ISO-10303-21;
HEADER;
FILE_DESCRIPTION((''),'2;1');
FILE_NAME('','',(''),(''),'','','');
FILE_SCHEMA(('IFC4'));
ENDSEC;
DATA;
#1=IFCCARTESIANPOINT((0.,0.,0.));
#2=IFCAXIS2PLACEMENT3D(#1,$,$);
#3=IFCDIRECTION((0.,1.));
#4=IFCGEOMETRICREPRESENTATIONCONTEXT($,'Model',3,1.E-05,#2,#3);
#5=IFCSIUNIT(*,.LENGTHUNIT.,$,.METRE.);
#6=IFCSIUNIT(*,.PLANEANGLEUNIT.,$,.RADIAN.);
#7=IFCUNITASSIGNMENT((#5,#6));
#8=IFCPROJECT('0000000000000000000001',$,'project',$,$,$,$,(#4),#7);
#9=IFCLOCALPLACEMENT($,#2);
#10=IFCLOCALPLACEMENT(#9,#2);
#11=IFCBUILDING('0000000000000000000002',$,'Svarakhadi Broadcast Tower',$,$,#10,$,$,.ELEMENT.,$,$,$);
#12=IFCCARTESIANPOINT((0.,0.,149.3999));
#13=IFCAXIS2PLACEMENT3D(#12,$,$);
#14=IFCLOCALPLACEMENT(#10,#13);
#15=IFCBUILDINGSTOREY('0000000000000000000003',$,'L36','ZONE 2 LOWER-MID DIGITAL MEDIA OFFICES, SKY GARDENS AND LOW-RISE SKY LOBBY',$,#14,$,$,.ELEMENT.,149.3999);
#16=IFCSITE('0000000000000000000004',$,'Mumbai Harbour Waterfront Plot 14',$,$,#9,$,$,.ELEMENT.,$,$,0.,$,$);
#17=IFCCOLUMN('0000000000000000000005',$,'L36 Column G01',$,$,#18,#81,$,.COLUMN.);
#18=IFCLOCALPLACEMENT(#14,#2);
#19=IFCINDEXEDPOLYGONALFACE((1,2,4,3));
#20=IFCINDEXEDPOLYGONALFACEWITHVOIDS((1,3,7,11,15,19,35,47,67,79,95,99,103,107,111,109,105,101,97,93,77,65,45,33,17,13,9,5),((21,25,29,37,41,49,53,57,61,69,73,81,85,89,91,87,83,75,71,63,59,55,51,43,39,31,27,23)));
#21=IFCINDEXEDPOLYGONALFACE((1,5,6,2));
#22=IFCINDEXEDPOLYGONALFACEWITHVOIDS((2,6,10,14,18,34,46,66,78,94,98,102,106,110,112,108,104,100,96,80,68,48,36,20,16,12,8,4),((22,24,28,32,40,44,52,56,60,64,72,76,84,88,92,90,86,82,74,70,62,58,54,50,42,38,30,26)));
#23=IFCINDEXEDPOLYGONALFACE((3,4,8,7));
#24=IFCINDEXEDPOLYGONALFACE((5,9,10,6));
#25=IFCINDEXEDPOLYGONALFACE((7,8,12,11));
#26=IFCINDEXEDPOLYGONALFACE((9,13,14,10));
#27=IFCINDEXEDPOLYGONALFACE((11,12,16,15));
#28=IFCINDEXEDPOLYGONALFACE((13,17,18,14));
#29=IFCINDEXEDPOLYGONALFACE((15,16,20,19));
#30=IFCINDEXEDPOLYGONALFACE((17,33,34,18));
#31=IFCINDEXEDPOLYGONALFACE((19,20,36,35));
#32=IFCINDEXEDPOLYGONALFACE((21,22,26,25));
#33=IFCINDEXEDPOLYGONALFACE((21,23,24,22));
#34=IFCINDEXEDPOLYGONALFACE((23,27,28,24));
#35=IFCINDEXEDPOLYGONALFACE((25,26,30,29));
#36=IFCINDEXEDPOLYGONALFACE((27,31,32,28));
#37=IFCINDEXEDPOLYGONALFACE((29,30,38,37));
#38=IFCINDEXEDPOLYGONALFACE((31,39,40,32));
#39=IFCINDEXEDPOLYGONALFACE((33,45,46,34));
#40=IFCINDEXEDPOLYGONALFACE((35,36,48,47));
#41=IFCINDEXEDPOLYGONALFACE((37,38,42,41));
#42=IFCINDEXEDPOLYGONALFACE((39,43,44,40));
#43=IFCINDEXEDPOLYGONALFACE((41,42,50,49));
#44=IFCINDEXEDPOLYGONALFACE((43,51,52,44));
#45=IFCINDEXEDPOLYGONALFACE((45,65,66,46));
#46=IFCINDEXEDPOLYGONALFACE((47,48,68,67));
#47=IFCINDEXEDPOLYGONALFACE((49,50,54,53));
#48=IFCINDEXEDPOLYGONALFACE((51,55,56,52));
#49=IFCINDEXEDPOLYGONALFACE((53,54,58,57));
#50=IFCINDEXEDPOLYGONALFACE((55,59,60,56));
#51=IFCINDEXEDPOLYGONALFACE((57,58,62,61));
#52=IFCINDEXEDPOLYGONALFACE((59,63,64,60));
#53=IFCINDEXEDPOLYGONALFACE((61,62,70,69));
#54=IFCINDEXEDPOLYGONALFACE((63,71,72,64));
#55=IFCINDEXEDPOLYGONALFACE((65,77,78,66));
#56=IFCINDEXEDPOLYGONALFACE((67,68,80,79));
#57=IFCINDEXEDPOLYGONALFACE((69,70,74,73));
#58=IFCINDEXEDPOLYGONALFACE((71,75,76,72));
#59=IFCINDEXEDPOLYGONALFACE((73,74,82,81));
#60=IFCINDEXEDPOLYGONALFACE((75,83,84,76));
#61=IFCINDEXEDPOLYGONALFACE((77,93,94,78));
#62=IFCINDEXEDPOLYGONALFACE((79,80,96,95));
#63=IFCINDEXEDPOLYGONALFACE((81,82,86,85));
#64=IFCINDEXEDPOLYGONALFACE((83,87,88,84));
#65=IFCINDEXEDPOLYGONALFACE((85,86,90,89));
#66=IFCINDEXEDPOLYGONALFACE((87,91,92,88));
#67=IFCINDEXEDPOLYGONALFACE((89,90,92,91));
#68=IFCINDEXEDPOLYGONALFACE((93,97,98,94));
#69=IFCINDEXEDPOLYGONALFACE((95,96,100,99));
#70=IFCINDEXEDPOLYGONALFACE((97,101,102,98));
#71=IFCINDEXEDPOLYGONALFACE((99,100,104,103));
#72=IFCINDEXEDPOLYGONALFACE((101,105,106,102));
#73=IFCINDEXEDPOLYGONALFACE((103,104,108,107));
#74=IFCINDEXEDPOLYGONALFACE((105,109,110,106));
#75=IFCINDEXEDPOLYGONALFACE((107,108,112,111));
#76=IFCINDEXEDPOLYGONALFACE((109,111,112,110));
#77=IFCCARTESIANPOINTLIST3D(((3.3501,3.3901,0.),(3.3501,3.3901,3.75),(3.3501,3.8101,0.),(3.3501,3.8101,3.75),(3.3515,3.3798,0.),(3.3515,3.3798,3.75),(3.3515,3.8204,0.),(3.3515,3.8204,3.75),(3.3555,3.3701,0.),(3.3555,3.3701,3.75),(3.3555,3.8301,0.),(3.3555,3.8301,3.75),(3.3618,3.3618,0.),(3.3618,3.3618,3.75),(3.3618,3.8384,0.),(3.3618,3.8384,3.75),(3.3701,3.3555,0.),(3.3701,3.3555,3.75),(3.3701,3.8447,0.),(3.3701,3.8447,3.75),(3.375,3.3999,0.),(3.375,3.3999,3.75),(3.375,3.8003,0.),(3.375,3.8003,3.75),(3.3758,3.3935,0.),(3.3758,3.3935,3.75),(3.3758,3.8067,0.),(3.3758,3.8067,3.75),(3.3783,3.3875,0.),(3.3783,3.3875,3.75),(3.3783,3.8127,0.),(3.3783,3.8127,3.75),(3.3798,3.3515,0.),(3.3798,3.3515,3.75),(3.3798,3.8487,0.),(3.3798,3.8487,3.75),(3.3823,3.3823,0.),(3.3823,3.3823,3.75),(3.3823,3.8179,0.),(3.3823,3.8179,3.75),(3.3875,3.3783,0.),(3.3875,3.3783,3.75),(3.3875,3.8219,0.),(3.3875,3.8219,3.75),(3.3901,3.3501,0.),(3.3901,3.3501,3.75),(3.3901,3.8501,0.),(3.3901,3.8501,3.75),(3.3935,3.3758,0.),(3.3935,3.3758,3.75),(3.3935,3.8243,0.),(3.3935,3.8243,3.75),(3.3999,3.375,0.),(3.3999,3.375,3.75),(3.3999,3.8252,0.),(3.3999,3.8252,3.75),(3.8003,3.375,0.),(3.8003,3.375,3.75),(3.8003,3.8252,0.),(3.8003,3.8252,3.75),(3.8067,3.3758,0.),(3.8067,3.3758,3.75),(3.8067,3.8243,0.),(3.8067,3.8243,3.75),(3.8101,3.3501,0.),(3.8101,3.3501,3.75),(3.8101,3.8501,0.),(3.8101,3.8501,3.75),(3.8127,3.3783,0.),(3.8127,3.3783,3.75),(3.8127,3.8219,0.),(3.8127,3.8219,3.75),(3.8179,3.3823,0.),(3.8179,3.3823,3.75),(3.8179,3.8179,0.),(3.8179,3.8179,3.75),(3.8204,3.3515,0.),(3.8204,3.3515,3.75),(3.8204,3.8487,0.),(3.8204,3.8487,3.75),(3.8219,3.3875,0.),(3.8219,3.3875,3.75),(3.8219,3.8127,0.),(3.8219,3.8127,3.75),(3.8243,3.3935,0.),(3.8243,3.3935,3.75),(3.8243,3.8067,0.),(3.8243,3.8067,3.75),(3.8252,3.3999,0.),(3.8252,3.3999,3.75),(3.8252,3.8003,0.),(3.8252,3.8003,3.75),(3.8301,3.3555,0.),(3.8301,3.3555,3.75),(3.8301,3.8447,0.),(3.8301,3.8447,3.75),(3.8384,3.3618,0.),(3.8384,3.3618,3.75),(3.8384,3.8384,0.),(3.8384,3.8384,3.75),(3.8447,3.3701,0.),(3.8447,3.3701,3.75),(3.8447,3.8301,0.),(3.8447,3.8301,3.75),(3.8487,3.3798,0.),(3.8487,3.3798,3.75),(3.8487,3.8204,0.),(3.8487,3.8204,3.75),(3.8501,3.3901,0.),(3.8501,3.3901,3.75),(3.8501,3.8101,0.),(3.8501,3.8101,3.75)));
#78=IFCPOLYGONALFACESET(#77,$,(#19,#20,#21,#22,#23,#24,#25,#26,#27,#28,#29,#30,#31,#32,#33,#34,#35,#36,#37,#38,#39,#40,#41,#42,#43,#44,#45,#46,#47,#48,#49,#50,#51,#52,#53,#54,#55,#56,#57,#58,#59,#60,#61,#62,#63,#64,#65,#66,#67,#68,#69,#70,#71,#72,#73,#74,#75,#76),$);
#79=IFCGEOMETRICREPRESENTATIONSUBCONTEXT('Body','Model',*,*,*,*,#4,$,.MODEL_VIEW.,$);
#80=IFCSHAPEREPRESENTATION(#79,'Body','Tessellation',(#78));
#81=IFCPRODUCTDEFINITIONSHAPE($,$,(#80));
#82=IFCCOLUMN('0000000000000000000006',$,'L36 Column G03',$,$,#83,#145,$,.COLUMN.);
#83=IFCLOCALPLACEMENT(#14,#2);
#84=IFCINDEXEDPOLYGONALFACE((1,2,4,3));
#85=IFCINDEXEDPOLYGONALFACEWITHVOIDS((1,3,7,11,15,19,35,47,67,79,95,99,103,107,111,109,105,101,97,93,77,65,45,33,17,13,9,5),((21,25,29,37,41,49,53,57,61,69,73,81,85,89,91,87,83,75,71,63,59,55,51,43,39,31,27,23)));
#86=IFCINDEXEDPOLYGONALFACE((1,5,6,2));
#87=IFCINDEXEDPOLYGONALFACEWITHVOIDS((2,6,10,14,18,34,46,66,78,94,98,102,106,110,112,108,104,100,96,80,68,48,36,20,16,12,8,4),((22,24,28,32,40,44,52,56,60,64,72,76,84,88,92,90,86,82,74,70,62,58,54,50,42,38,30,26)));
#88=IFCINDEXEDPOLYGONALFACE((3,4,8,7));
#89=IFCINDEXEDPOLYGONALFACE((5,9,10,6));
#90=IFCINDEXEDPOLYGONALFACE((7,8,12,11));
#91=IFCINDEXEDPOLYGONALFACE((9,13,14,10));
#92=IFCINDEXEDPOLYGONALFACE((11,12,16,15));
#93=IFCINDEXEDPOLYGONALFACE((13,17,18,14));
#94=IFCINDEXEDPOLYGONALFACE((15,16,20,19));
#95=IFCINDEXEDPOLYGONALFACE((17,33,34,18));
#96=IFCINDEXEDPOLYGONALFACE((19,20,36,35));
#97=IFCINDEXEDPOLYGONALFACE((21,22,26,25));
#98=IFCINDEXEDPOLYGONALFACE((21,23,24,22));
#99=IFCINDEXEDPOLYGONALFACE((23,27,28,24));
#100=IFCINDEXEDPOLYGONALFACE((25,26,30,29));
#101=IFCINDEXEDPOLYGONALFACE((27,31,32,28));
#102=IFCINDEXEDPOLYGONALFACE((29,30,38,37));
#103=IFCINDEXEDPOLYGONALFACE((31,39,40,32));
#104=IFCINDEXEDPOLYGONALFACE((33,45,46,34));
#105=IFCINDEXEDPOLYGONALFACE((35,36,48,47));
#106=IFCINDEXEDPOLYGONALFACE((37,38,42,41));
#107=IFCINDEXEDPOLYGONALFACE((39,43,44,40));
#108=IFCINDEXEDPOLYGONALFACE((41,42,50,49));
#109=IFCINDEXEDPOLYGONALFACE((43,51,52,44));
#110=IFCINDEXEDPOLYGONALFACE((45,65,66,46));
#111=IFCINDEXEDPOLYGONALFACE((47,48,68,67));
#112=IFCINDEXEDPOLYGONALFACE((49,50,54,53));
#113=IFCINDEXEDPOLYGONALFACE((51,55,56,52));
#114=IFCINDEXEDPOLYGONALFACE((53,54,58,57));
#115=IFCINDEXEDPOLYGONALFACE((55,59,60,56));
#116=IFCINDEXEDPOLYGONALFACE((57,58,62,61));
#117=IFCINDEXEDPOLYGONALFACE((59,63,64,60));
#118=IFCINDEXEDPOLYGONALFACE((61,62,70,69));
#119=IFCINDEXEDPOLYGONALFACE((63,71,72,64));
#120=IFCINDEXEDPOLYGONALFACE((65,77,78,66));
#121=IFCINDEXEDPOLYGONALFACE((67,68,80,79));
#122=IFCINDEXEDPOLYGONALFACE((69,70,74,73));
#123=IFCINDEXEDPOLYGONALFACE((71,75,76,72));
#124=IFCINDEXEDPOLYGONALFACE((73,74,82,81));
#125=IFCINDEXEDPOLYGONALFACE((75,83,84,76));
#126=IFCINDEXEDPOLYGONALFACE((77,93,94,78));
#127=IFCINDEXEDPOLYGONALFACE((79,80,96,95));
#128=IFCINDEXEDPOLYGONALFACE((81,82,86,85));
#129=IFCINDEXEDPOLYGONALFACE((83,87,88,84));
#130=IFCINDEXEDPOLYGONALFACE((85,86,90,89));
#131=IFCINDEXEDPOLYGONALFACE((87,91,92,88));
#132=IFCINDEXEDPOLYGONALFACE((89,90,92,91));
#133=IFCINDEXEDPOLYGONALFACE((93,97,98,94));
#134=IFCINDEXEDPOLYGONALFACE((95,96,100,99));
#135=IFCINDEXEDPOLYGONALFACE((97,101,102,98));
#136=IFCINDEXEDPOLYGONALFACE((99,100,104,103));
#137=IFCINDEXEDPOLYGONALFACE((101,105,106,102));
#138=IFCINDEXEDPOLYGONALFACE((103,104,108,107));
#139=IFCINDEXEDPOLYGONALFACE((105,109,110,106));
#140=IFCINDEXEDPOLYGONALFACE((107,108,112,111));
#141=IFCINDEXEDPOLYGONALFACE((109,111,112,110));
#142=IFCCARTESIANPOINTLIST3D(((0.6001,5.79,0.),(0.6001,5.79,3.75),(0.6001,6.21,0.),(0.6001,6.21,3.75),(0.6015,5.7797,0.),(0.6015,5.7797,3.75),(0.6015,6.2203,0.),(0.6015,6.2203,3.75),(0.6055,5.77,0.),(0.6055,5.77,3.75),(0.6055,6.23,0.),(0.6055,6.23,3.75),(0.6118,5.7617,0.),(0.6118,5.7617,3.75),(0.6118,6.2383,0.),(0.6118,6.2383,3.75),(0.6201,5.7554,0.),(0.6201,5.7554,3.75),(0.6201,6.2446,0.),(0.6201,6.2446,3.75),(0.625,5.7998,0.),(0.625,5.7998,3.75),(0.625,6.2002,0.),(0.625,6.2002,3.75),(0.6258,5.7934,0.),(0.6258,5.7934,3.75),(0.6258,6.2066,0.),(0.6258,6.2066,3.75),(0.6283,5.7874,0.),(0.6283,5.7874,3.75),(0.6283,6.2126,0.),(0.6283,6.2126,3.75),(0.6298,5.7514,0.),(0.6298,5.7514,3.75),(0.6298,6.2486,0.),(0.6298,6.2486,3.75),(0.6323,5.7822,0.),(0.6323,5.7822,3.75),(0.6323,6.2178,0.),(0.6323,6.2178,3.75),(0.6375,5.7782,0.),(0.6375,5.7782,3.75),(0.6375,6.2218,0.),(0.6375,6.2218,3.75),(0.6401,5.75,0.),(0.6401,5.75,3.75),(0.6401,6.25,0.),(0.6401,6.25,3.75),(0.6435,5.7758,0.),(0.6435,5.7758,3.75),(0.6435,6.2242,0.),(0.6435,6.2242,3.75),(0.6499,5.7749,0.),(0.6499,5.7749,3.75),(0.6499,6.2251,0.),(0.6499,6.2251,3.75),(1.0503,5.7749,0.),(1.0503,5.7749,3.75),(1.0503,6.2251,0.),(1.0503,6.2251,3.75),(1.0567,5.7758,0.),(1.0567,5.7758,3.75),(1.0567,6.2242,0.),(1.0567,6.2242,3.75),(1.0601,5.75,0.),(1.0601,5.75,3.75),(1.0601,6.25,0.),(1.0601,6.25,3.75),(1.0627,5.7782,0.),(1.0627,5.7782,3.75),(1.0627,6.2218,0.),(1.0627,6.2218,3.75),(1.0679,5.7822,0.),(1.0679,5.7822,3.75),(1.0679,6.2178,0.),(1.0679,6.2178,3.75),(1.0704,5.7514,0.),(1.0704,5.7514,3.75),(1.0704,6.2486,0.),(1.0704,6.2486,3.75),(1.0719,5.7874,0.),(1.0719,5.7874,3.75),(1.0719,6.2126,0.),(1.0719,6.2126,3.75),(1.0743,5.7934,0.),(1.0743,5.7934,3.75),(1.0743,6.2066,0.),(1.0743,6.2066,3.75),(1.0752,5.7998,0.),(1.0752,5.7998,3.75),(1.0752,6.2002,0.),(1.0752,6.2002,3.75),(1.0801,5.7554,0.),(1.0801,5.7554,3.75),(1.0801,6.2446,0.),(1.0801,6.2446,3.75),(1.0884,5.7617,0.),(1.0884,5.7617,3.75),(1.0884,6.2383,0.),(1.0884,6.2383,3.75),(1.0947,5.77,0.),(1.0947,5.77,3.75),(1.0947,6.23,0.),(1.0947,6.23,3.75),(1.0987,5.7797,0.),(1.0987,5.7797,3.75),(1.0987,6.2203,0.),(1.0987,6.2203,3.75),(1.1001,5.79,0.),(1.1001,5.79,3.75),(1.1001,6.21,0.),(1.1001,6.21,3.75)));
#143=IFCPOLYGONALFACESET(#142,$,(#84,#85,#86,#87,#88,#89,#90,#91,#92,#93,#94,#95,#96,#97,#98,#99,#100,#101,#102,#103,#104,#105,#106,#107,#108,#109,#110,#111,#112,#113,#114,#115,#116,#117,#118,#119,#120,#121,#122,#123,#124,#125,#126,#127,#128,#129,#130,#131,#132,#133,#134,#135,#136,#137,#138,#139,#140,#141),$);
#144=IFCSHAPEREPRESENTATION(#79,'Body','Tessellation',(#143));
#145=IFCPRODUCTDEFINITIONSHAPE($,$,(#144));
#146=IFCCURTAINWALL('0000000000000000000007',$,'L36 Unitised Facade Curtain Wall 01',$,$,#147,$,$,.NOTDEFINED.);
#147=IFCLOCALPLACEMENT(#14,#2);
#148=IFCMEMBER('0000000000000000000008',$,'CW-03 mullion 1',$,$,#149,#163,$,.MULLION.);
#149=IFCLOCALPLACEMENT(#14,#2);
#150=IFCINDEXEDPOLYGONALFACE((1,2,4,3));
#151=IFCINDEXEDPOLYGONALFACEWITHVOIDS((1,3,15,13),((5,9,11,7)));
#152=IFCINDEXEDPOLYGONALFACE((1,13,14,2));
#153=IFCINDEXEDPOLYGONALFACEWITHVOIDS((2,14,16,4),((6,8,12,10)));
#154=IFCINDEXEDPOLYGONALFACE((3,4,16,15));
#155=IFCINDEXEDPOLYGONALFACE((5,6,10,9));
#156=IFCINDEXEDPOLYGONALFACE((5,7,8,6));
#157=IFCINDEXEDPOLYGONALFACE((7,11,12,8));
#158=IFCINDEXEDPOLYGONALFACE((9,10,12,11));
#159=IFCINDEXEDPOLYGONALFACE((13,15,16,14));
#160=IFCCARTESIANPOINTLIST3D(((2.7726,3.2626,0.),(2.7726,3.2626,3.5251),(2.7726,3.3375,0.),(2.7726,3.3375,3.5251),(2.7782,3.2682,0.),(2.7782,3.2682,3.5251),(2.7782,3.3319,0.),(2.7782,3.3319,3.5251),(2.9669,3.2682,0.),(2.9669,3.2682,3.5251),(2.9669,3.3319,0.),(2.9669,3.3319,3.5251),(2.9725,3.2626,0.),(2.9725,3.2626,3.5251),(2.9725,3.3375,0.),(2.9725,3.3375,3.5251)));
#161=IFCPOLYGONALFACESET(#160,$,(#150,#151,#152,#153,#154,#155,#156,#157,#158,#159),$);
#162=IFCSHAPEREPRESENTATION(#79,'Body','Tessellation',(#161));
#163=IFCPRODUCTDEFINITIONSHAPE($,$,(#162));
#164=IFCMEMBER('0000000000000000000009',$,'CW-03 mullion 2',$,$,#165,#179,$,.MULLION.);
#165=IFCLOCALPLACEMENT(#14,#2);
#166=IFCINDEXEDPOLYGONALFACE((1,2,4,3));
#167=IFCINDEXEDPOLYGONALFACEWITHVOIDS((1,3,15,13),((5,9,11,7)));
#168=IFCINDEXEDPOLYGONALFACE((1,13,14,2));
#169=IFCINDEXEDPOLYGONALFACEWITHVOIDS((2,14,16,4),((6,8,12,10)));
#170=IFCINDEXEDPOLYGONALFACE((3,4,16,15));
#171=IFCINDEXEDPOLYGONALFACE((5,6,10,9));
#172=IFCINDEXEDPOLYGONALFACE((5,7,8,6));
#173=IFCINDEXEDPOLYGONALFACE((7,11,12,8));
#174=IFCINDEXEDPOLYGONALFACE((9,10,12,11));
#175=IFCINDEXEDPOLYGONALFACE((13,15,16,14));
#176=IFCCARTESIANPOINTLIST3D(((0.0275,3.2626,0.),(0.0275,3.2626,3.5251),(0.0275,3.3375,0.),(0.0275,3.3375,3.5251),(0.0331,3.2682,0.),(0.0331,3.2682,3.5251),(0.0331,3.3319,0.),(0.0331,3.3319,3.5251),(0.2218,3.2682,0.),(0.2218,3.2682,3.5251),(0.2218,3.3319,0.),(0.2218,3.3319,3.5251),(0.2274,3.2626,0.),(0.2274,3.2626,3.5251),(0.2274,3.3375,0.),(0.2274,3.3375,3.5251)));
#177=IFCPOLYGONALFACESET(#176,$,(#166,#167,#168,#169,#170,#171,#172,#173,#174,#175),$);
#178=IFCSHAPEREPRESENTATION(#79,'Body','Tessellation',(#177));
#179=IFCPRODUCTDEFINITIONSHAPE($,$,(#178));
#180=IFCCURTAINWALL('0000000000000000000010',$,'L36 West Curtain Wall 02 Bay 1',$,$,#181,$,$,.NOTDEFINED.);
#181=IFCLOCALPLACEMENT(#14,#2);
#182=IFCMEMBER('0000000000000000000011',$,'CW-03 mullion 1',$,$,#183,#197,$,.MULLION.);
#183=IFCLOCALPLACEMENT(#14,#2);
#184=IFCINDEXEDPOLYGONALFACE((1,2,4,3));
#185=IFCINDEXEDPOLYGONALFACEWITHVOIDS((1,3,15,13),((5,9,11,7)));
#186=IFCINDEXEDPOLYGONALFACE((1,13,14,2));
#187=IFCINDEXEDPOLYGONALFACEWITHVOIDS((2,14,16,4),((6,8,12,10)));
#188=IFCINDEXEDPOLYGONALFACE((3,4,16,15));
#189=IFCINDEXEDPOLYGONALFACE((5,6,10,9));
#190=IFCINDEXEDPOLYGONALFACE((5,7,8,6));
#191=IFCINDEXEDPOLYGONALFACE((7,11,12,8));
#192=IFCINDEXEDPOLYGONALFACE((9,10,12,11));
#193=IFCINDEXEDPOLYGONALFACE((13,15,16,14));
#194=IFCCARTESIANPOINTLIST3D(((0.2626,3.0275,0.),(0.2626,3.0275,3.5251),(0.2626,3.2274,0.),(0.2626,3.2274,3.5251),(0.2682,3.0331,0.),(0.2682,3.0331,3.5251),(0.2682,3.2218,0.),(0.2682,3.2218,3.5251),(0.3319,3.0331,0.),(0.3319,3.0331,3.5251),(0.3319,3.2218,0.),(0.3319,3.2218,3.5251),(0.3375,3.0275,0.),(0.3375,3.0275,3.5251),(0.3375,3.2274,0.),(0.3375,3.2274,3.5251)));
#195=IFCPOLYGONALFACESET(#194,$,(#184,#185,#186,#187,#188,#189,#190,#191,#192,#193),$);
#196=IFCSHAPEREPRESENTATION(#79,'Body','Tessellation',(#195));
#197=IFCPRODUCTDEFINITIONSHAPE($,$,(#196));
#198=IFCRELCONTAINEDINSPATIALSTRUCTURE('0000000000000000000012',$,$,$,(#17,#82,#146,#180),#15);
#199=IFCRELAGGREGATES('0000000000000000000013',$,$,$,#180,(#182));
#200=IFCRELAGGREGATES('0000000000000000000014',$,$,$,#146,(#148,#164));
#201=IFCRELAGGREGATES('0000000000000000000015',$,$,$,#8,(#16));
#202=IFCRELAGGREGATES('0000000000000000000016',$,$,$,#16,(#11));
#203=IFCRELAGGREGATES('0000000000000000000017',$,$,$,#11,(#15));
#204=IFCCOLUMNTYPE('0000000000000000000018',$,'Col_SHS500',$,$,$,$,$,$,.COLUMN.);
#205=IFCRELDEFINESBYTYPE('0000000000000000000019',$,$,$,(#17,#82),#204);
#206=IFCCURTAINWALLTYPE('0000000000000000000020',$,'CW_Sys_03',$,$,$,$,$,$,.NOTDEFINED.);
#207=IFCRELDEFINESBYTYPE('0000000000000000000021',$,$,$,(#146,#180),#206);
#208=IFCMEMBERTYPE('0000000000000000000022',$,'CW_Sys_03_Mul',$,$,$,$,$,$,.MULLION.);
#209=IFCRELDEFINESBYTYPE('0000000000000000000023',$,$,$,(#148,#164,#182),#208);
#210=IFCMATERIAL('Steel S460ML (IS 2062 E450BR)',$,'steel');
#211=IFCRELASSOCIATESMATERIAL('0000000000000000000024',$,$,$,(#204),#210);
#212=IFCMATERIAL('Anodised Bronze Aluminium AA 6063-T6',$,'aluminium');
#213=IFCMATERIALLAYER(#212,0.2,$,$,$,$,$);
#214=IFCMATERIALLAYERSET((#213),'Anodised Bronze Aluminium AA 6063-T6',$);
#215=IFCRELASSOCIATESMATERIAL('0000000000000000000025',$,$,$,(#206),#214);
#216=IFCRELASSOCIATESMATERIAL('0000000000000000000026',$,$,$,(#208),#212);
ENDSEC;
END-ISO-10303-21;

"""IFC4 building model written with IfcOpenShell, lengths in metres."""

from ifc_helpers import new_model, si_unit, direction, frame, origin, origin_2d, place, context, subcontext, project, spatial, hollow_rectangle, extrude, material, layer, layer_set, material_profile, profile_set, type_object, element, aggregate, save


model = new_model("IFC4")

# Units and contexts
model_context = context("Model", 3, precision=1e-05, world=origin(), true_north=direction((0.0, 1.0)))
body_context = subcontext(model_context, "Body", "Model", "MODEL_VIEW")
ifc_project = project(units=[si_unit("LENGTHUNIT", "METRE"), si_unit("PLANEANGLEUNIT", "RADIAN")], contexts=[model_context])

# Site, building, storey
site_placement = place(None, origin())
site = spatial("IfcSite", under=ifc_project, at=site_placement, Name="Mumbai Harbour Waterfront Plot 14", CompositionType="ELEMENT", RefElevation=0.0)
building_placement = place(site_placement, origin())
building = spatial("IfcBuilding", under=site, at=building_placement, Name="Svarakhadi Broadcast Tower", CompositionType="ELEMENT")
storey_placement = place(building_placement, frame((0.0, 0.0, 149.3999)))
storey = spatial("IfcBuildingStorey", under=building, at=storey_placement, Name="L36", Description="ZONE 2 LOWER-MID DIGITAL MEDIA OFFICES, SKY GARDENS AND LOW-RISE SKY LOBBY", CompositionType="ELEMENT", Elevation=149.3999)

# Columns
ifc_material_1 = material(Name="Steel S460ML (IS 2062 E450BR)", Category="steel")
ifc_material_profile_1 = material_profile(ifc_material_1, hollow_rectangle(XDim=0.5, YDim=0.5, WallThickness=0.0249, InnerFilletRadius=0.0249, OuterFilletRadius=0.04, at=origin_2d()), Name="SHS 500x500x25")
ifc_profile_set_1 = profile_set([ifc_material_profile_1], Name="Steel S460ML (IS 2062 E450BR)")
column_type = type_object("IfcColumnType", Name="Col_SHS500", PredefinedType="COLUMN", material=ifc_profile_set_1)
for number, where, z_axis, x_axis, name in (
    (1, (3.6001, 3.6001, 0.0), (0.0, 0.0, 1.0), (1.0, 0.0, 0.0), "L36 Column G01"),
    (2, (0.8501, 6.0, 0.0), (0.0, 0.0, 1.0), (1.0, 0.0, 0.0), "L36 Column G03"),
):
    element("IfcColumn", number, at=place(storey_placement, frame(where, z_axis=z_axis, x_axis=x_axis)), inside=storey, type_object=column_type, Name=name, PredefinedType="COLUMN", context=body_context, shape_type="SweptSolid", body=[
        extrude(hollow_rectangle(XDim=0.5, YDim=0.5, WallThickness=0.0249, InnerFilletRadius=0.0249, OuterFilletRadius=0.04, at=origin_2d()), origin(), (0.0, 0.0, 1.0), 3.75),
    ])

# Curtain wall, members
ifc_material_2 = material(Name="Anodised Bronze Aluminium AA 6063-T6", Category="aluminium")
ifc_layer_1 = layer(ifc_material_2, 0.2)
ifc_layer_set_1 = layer_set([ifc_layer_1], Name="Anodised Bronze Aluminium AA 6063-T6")
curtain_wall_type = type_object("IfcCurtainWallType", Name="CW_Sys_03", PredefinedType="NOTDEFINED", material=ifc_layer_set_1)
curtain_wall_1_placement = place(storey_placement, origin())
curtain_wall_1 = element("IfcCurtainWall", 3, at=curtain_wall_1_placement, inside=storey, type_object=curtain_wall_type, Name="L36 Unitised Facade Curtain Wall 01", PredefinedType="NOTDEFINED")
ifc_material_profile_2 = material_profile(ifc_material_2, hollow_rectangle(XDim=0.075, YDim=0.2, WallThickness=0.0056, at=origin_2d()), Name="ALU MULLION 200x75x6")
ifc_profile_set_2 = profile_set([ifc_material_profile_2], Name="Anodised Bronze Aluminium AA 6063-T6")
member_type_1 = type_object("IfcMemberType", Name="CW_Sys_03_Mul", PredefinedType="MULLION", material=ifc_profile_set_2)
member_1_placement = place(storey_placement, frame((2.8726, 3.3, 0.0), z_axis=(0.0, 0.0, 1.0), x_axis=(0.0, -1.0, 0.0)))
member_1 = element("IfcMember", 4, at=member_1_placement, type_object=member_type_1, Name="CW-03 mullion 1", PredefinedType="MULLION", context=body_context, shape_type="SweptSolid", body=[
    extrude(hollow_rectangle(XDim=0.075, YDim=0.2, WallThickness=0.0056, at=origin_2d()), origin(), (0.0, 0.0, 1.0), 3.5251),
])
member_2_placement = place(storey_placement, frame((0.1274, 3.3, 0.0), z_axis=(0.0, 0.0, 1.0), x_axis=(0.0, -1.0, 0.0)))
member_2 = element("IfcMember", 5, at=member_2_placement, type_object=member_type_1, Name="CW-03 mullion 2", PredefinedType="MULLION", context=body_context, shape_type="SweptSolid", body=[
    extrude(hollow_rectangle(XDim=0.075, YDim=0.2, WallThickness=0.0056, at=origin_2d()), origin(), (0.0, 0.0, 1.0), 3.5251),
])

# Curtain wall, member
curtain_wall_2_placement = place(storey_placement, origin())
curtain_wall_2 = element("IfcCurtainWall", 6, at=curtain_wall_2_placement, inside=storey, type_object=curtain_wall_type, Name="L36 West Curtain Wall 02 Bay 1", PredefinedType="NOTDEFINED")
member_3_placement = place(storey_placement, frame((0.3, 3.1274, 0.0), z_axis=(0.0, 0.0, 1.0), x_axis=(-1.0, 0.0, 0.0)))
member_3 = element("IfcMember", 7, at=member_3_placement, type_object=member_type_1, Name="CW-03 mullion 1", PredefinedType="MULLION", context=body_context, shape_type="SweptSolid", body=[
    extrude(hollow_rectangle(XDim=0.075, YDim=0.2, WallThickness=0.0056, at=origin_2d()), origin(), (0.0, 0.0, 1.0), 3.5251),
])

aggregate(curtain_wall_2, [member_3])

aggregate(curtain_wall_1, [member_1, member_2])

save(model, "model.ifc")
